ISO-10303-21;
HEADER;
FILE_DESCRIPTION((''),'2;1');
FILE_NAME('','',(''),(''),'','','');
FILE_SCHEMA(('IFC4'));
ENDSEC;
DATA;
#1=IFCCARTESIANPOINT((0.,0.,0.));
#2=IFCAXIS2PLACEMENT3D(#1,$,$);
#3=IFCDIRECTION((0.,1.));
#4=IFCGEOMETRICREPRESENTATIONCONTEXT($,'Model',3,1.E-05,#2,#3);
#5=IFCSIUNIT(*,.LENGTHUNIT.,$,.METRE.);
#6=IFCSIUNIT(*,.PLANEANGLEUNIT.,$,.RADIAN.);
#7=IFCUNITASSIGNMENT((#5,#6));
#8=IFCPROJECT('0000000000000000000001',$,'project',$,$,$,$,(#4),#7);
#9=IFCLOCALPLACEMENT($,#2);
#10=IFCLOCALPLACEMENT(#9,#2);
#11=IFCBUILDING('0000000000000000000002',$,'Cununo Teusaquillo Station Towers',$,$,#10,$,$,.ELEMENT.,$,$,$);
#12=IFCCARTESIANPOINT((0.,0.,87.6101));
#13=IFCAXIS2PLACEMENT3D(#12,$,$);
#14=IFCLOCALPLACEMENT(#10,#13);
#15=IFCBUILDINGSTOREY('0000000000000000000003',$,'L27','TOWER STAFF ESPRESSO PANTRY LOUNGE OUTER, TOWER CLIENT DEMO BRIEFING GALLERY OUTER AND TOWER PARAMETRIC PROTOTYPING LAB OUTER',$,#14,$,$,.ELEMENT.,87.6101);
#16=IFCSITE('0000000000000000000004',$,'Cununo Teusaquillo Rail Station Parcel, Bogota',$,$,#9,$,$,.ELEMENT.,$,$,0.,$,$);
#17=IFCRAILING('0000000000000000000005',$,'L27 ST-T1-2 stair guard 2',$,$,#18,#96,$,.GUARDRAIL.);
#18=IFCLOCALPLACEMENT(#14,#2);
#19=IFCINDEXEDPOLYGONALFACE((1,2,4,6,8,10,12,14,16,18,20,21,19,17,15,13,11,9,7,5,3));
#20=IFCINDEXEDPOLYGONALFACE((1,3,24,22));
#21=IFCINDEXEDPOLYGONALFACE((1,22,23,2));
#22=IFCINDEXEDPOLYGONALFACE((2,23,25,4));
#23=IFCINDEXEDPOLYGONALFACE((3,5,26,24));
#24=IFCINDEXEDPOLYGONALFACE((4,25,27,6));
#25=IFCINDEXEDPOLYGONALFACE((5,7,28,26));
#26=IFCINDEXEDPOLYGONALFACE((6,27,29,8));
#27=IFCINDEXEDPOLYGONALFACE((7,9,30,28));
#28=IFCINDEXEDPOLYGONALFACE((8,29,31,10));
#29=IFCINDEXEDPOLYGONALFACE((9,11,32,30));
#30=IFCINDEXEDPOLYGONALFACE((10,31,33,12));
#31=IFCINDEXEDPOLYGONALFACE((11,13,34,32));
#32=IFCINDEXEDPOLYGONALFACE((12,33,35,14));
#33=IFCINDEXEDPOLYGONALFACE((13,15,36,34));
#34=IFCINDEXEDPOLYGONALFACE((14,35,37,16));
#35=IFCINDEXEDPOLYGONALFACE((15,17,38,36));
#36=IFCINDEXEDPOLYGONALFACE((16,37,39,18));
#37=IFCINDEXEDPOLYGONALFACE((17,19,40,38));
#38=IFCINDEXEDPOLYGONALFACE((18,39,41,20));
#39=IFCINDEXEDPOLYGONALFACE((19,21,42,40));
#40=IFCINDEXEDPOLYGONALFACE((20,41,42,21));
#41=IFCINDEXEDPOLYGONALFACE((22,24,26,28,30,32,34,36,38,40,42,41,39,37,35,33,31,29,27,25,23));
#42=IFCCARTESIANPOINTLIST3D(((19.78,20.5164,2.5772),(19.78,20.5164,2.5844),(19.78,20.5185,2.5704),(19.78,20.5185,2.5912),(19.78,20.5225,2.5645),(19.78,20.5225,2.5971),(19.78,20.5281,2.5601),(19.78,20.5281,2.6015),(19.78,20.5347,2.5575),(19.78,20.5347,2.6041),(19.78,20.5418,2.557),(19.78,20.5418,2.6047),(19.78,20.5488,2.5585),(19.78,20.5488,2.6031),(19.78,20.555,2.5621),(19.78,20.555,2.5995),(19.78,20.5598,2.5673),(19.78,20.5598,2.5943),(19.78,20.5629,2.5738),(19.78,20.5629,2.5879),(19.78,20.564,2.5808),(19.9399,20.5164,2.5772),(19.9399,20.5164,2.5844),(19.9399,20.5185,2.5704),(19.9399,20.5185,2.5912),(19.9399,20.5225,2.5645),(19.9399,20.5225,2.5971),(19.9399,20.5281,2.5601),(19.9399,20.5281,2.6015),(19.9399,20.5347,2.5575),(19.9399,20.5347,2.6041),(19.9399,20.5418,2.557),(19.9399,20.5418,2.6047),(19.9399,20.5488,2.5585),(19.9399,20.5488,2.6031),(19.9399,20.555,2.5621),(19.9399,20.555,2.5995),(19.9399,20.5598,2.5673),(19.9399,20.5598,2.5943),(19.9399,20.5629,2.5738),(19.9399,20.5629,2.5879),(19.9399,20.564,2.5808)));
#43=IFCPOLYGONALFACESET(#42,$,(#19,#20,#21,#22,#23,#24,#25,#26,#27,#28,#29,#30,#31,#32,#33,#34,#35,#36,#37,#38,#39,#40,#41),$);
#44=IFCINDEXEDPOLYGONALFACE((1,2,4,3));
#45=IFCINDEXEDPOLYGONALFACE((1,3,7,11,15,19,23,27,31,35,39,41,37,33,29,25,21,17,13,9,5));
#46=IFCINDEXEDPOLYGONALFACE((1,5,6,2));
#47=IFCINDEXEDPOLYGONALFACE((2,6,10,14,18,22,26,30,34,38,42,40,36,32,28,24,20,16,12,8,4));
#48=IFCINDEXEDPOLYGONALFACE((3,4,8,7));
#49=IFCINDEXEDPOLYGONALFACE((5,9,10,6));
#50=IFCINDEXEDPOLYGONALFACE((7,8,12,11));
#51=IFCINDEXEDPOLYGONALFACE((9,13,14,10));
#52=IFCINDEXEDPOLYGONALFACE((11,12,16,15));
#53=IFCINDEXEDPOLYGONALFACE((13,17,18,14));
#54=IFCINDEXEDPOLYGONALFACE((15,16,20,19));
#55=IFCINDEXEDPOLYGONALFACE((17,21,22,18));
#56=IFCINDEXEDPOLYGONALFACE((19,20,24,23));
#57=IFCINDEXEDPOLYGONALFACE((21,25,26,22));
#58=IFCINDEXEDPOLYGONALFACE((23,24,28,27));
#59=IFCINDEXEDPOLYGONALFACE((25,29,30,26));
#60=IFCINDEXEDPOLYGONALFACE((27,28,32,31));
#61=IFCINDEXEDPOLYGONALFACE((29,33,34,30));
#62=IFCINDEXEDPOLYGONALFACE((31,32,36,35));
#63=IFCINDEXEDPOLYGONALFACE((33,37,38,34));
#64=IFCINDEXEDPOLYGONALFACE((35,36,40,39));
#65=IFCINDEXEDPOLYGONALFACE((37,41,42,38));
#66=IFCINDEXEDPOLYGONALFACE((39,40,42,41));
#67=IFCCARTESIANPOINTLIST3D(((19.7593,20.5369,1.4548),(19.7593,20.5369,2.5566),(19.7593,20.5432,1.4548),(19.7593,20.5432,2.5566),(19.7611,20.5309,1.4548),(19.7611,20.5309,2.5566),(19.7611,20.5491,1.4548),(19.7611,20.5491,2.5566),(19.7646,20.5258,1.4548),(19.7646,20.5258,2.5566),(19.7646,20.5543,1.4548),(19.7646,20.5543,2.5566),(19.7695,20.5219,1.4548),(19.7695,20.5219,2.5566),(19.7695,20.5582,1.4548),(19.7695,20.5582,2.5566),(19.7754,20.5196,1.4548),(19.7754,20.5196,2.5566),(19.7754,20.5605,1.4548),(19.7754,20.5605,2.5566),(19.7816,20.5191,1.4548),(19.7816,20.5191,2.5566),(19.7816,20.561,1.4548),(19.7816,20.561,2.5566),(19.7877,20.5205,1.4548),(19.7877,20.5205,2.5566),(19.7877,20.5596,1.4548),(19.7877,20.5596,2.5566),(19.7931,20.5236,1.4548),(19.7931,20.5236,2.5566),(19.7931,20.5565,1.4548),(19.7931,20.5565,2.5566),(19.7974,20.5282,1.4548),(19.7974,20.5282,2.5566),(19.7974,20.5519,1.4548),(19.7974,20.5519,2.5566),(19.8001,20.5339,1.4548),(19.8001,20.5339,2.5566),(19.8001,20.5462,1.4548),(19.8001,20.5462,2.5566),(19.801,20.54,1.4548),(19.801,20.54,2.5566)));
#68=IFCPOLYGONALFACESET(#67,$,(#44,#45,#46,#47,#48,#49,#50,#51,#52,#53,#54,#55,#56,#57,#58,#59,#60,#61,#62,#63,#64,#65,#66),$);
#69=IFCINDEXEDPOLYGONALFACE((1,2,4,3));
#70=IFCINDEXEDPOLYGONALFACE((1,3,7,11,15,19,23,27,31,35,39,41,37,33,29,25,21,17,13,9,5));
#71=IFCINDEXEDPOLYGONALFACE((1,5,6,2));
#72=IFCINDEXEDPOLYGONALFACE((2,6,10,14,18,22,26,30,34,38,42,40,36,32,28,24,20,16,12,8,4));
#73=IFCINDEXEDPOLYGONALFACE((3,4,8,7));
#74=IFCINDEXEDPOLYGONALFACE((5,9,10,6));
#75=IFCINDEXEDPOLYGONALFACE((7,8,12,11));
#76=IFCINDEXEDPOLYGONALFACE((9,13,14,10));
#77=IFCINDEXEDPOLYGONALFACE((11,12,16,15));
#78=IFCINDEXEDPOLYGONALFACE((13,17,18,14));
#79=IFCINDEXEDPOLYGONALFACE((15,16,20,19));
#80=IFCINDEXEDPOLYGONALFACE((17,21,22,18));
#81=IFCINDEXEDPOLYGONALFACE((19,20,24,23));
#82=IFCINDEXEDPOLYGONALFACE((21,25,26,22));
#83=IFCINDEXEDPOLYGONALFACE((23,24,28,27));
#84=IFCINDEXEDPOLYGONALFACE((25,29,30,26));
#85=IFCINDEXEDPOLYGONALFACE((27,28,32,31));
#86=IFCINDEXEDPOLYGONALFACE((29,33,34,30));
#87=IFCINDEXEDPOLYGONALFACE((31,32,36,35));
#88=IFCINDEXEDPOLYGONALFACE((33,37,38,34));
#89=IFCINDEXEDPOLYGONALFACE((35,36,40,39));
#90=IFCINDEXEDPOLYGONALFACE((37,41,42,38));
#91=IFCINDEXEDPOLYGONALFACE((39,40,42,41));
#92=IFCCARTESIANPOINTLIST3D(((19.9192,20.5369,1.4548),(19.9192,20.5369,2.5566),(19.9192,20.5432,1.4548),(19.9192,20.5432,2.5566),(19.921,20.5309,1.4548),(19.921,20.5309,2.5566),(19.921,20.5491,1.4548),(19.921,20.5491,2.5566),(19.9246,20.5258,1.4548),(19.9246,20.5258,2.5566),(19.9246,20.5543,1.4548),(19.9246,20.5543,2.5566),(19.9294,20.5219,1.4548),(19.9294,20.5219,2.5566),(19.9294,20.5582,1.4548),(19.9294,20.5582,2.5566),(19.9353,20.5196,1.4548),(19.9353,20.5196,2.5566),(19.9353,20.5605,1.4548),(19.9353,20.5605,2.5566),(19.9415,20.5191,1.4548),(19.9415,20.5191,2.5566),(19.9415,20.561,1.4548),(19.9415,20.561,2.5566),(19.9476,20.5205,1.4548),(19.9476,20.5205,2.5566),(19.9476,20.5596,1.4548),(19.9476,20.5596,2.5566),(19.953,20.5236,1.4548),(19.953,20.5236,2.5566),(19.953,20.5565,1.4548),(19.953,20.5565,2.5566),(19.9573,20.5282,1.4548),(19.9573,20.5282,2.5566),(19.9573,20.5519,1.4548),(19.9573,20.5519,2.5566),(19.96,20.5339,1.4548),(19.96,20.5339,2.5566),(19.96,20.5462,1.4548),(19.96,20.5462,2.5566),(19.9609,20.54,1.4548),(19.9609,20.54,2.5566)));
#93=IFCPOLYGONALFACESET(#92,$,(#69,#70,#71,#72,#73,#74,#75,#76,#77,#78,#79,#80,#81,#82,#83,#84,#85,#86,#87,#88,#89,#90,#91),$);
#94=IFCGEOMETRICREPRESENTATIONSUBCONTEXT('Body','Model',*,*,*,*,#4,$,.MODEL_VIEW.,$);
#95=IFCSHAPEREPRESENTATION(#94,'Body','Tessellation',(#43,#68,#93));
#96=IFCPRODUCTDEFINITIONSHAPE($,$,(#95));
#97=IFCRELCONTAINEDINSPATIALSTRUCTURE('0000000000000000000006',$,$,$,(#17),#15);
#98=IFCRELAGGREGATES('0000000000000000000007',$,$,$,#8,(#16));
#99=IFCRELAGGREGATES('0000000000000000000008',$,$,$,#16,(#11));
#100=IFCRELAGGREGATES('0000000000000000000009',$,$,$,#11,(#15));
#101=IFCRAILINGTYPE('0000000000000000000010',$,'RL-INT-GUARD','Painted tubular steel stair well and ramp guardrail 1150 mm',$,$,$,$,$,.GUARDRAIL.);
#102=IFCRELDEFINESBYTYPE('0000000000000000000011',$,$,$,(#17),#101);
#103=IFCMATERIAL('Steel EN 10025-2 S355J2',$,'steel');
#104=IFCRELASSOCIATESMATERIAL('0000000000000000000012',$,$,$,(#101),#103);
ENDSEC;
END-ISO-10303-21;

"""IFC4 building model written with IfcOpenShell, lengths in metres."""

from ifc_helpers import new_model, si_unit, direction, frame, origin, origin_2d, place, context, subcontext, project, spatial, circle, extrude, material, type_object, element, save


model = new_model("IFC4")

# Units and contexts
model_context = context("Model", 3, precision=1e-05, world=origin(), true_north=direction((0.0, 1.0)))
body_context = subcontext(model_context, "Body", "Model", "MODEL_VIEW")
ifc_project = project(units=[si_unit("LENGTHUNIT", "METRE"), si_unit("PLANEANGLEUNIT", "RADIAN")], contexts=[model_context])

# Site, building, storey
site_placement = place(None, origin())
site = spatial("IfcSite", under=ifc_project, at=site_placement, Name="Cununo Teusaquillo Rail Station Parcel, Bogota", CompositionType="ELEMENT", RefElevation=0.0)
building_placement = place(site_placement, origin())
building = spatial("IfcBuilding", under=site, at=building_placement, Name="Cununo Teusaquillo Station Towers", CompositionType="ELEMENT")
storey_placement = place(building_placement, frame((0.0, 0.0, 87.6101)))
storey = spatial("IfcBuildingStorey", under=building, at=storey_placement, Name="L27", Description="TOWER STAFF ESPRESSO PANTRY LOUNGE OUTER, TOWER CLIENT DEMO BRIEFING GALLERY OUTER AND TOWER PARAMETRIC PROTOTYPING LAB OUTER", CompositionType="ELEMENT", Elevation=87.6101)

# Railing
ifc_material_1 = material(Name="Steel EN 10025-2 S355J2", Category="steel")
railing_type_1 = type_object("IfcRailingType", Name="RL-INT-GUARD", Description="Painted tubular steel stair well and ramp guardrail 1150 mm", PredefinedType="GUARDRAIL", material=ifc_material_1)
railing_1_placement = place(storey_placement, frame((19.78, 20.54, 1.4548)))
element("IfcRailing", 1, at=railing_1_placement, inside=storey, type_object=railing_type_1, Name="L27 ST-T1-2 stair guard 2", PredefinedType="GUARDRAIL", context=body_context, shape_type="SweptSolid", body=[
    extrude(circle(Radius=0.0239, at=origin_2d()), frame((0.0, 0.0, 1.126), z_axis=(1.0, 0.0, 0.0), x_axis=(0.0, 1.0, 0.0)), (0.0, 0.0, 1.0), 0.1599),
    extrude(circle(Radius=0.021, at=origin_2d()), origin(), (0.0, 0.0, 1.0), 1.1018),
    extrude(circle(Radius=0.021, at=origin_2d()), frame((0.1599, 0.0, 0.0)), (0.0, 0.0, 1.0), 1.1018),
])

save(model, "model.ifc")
